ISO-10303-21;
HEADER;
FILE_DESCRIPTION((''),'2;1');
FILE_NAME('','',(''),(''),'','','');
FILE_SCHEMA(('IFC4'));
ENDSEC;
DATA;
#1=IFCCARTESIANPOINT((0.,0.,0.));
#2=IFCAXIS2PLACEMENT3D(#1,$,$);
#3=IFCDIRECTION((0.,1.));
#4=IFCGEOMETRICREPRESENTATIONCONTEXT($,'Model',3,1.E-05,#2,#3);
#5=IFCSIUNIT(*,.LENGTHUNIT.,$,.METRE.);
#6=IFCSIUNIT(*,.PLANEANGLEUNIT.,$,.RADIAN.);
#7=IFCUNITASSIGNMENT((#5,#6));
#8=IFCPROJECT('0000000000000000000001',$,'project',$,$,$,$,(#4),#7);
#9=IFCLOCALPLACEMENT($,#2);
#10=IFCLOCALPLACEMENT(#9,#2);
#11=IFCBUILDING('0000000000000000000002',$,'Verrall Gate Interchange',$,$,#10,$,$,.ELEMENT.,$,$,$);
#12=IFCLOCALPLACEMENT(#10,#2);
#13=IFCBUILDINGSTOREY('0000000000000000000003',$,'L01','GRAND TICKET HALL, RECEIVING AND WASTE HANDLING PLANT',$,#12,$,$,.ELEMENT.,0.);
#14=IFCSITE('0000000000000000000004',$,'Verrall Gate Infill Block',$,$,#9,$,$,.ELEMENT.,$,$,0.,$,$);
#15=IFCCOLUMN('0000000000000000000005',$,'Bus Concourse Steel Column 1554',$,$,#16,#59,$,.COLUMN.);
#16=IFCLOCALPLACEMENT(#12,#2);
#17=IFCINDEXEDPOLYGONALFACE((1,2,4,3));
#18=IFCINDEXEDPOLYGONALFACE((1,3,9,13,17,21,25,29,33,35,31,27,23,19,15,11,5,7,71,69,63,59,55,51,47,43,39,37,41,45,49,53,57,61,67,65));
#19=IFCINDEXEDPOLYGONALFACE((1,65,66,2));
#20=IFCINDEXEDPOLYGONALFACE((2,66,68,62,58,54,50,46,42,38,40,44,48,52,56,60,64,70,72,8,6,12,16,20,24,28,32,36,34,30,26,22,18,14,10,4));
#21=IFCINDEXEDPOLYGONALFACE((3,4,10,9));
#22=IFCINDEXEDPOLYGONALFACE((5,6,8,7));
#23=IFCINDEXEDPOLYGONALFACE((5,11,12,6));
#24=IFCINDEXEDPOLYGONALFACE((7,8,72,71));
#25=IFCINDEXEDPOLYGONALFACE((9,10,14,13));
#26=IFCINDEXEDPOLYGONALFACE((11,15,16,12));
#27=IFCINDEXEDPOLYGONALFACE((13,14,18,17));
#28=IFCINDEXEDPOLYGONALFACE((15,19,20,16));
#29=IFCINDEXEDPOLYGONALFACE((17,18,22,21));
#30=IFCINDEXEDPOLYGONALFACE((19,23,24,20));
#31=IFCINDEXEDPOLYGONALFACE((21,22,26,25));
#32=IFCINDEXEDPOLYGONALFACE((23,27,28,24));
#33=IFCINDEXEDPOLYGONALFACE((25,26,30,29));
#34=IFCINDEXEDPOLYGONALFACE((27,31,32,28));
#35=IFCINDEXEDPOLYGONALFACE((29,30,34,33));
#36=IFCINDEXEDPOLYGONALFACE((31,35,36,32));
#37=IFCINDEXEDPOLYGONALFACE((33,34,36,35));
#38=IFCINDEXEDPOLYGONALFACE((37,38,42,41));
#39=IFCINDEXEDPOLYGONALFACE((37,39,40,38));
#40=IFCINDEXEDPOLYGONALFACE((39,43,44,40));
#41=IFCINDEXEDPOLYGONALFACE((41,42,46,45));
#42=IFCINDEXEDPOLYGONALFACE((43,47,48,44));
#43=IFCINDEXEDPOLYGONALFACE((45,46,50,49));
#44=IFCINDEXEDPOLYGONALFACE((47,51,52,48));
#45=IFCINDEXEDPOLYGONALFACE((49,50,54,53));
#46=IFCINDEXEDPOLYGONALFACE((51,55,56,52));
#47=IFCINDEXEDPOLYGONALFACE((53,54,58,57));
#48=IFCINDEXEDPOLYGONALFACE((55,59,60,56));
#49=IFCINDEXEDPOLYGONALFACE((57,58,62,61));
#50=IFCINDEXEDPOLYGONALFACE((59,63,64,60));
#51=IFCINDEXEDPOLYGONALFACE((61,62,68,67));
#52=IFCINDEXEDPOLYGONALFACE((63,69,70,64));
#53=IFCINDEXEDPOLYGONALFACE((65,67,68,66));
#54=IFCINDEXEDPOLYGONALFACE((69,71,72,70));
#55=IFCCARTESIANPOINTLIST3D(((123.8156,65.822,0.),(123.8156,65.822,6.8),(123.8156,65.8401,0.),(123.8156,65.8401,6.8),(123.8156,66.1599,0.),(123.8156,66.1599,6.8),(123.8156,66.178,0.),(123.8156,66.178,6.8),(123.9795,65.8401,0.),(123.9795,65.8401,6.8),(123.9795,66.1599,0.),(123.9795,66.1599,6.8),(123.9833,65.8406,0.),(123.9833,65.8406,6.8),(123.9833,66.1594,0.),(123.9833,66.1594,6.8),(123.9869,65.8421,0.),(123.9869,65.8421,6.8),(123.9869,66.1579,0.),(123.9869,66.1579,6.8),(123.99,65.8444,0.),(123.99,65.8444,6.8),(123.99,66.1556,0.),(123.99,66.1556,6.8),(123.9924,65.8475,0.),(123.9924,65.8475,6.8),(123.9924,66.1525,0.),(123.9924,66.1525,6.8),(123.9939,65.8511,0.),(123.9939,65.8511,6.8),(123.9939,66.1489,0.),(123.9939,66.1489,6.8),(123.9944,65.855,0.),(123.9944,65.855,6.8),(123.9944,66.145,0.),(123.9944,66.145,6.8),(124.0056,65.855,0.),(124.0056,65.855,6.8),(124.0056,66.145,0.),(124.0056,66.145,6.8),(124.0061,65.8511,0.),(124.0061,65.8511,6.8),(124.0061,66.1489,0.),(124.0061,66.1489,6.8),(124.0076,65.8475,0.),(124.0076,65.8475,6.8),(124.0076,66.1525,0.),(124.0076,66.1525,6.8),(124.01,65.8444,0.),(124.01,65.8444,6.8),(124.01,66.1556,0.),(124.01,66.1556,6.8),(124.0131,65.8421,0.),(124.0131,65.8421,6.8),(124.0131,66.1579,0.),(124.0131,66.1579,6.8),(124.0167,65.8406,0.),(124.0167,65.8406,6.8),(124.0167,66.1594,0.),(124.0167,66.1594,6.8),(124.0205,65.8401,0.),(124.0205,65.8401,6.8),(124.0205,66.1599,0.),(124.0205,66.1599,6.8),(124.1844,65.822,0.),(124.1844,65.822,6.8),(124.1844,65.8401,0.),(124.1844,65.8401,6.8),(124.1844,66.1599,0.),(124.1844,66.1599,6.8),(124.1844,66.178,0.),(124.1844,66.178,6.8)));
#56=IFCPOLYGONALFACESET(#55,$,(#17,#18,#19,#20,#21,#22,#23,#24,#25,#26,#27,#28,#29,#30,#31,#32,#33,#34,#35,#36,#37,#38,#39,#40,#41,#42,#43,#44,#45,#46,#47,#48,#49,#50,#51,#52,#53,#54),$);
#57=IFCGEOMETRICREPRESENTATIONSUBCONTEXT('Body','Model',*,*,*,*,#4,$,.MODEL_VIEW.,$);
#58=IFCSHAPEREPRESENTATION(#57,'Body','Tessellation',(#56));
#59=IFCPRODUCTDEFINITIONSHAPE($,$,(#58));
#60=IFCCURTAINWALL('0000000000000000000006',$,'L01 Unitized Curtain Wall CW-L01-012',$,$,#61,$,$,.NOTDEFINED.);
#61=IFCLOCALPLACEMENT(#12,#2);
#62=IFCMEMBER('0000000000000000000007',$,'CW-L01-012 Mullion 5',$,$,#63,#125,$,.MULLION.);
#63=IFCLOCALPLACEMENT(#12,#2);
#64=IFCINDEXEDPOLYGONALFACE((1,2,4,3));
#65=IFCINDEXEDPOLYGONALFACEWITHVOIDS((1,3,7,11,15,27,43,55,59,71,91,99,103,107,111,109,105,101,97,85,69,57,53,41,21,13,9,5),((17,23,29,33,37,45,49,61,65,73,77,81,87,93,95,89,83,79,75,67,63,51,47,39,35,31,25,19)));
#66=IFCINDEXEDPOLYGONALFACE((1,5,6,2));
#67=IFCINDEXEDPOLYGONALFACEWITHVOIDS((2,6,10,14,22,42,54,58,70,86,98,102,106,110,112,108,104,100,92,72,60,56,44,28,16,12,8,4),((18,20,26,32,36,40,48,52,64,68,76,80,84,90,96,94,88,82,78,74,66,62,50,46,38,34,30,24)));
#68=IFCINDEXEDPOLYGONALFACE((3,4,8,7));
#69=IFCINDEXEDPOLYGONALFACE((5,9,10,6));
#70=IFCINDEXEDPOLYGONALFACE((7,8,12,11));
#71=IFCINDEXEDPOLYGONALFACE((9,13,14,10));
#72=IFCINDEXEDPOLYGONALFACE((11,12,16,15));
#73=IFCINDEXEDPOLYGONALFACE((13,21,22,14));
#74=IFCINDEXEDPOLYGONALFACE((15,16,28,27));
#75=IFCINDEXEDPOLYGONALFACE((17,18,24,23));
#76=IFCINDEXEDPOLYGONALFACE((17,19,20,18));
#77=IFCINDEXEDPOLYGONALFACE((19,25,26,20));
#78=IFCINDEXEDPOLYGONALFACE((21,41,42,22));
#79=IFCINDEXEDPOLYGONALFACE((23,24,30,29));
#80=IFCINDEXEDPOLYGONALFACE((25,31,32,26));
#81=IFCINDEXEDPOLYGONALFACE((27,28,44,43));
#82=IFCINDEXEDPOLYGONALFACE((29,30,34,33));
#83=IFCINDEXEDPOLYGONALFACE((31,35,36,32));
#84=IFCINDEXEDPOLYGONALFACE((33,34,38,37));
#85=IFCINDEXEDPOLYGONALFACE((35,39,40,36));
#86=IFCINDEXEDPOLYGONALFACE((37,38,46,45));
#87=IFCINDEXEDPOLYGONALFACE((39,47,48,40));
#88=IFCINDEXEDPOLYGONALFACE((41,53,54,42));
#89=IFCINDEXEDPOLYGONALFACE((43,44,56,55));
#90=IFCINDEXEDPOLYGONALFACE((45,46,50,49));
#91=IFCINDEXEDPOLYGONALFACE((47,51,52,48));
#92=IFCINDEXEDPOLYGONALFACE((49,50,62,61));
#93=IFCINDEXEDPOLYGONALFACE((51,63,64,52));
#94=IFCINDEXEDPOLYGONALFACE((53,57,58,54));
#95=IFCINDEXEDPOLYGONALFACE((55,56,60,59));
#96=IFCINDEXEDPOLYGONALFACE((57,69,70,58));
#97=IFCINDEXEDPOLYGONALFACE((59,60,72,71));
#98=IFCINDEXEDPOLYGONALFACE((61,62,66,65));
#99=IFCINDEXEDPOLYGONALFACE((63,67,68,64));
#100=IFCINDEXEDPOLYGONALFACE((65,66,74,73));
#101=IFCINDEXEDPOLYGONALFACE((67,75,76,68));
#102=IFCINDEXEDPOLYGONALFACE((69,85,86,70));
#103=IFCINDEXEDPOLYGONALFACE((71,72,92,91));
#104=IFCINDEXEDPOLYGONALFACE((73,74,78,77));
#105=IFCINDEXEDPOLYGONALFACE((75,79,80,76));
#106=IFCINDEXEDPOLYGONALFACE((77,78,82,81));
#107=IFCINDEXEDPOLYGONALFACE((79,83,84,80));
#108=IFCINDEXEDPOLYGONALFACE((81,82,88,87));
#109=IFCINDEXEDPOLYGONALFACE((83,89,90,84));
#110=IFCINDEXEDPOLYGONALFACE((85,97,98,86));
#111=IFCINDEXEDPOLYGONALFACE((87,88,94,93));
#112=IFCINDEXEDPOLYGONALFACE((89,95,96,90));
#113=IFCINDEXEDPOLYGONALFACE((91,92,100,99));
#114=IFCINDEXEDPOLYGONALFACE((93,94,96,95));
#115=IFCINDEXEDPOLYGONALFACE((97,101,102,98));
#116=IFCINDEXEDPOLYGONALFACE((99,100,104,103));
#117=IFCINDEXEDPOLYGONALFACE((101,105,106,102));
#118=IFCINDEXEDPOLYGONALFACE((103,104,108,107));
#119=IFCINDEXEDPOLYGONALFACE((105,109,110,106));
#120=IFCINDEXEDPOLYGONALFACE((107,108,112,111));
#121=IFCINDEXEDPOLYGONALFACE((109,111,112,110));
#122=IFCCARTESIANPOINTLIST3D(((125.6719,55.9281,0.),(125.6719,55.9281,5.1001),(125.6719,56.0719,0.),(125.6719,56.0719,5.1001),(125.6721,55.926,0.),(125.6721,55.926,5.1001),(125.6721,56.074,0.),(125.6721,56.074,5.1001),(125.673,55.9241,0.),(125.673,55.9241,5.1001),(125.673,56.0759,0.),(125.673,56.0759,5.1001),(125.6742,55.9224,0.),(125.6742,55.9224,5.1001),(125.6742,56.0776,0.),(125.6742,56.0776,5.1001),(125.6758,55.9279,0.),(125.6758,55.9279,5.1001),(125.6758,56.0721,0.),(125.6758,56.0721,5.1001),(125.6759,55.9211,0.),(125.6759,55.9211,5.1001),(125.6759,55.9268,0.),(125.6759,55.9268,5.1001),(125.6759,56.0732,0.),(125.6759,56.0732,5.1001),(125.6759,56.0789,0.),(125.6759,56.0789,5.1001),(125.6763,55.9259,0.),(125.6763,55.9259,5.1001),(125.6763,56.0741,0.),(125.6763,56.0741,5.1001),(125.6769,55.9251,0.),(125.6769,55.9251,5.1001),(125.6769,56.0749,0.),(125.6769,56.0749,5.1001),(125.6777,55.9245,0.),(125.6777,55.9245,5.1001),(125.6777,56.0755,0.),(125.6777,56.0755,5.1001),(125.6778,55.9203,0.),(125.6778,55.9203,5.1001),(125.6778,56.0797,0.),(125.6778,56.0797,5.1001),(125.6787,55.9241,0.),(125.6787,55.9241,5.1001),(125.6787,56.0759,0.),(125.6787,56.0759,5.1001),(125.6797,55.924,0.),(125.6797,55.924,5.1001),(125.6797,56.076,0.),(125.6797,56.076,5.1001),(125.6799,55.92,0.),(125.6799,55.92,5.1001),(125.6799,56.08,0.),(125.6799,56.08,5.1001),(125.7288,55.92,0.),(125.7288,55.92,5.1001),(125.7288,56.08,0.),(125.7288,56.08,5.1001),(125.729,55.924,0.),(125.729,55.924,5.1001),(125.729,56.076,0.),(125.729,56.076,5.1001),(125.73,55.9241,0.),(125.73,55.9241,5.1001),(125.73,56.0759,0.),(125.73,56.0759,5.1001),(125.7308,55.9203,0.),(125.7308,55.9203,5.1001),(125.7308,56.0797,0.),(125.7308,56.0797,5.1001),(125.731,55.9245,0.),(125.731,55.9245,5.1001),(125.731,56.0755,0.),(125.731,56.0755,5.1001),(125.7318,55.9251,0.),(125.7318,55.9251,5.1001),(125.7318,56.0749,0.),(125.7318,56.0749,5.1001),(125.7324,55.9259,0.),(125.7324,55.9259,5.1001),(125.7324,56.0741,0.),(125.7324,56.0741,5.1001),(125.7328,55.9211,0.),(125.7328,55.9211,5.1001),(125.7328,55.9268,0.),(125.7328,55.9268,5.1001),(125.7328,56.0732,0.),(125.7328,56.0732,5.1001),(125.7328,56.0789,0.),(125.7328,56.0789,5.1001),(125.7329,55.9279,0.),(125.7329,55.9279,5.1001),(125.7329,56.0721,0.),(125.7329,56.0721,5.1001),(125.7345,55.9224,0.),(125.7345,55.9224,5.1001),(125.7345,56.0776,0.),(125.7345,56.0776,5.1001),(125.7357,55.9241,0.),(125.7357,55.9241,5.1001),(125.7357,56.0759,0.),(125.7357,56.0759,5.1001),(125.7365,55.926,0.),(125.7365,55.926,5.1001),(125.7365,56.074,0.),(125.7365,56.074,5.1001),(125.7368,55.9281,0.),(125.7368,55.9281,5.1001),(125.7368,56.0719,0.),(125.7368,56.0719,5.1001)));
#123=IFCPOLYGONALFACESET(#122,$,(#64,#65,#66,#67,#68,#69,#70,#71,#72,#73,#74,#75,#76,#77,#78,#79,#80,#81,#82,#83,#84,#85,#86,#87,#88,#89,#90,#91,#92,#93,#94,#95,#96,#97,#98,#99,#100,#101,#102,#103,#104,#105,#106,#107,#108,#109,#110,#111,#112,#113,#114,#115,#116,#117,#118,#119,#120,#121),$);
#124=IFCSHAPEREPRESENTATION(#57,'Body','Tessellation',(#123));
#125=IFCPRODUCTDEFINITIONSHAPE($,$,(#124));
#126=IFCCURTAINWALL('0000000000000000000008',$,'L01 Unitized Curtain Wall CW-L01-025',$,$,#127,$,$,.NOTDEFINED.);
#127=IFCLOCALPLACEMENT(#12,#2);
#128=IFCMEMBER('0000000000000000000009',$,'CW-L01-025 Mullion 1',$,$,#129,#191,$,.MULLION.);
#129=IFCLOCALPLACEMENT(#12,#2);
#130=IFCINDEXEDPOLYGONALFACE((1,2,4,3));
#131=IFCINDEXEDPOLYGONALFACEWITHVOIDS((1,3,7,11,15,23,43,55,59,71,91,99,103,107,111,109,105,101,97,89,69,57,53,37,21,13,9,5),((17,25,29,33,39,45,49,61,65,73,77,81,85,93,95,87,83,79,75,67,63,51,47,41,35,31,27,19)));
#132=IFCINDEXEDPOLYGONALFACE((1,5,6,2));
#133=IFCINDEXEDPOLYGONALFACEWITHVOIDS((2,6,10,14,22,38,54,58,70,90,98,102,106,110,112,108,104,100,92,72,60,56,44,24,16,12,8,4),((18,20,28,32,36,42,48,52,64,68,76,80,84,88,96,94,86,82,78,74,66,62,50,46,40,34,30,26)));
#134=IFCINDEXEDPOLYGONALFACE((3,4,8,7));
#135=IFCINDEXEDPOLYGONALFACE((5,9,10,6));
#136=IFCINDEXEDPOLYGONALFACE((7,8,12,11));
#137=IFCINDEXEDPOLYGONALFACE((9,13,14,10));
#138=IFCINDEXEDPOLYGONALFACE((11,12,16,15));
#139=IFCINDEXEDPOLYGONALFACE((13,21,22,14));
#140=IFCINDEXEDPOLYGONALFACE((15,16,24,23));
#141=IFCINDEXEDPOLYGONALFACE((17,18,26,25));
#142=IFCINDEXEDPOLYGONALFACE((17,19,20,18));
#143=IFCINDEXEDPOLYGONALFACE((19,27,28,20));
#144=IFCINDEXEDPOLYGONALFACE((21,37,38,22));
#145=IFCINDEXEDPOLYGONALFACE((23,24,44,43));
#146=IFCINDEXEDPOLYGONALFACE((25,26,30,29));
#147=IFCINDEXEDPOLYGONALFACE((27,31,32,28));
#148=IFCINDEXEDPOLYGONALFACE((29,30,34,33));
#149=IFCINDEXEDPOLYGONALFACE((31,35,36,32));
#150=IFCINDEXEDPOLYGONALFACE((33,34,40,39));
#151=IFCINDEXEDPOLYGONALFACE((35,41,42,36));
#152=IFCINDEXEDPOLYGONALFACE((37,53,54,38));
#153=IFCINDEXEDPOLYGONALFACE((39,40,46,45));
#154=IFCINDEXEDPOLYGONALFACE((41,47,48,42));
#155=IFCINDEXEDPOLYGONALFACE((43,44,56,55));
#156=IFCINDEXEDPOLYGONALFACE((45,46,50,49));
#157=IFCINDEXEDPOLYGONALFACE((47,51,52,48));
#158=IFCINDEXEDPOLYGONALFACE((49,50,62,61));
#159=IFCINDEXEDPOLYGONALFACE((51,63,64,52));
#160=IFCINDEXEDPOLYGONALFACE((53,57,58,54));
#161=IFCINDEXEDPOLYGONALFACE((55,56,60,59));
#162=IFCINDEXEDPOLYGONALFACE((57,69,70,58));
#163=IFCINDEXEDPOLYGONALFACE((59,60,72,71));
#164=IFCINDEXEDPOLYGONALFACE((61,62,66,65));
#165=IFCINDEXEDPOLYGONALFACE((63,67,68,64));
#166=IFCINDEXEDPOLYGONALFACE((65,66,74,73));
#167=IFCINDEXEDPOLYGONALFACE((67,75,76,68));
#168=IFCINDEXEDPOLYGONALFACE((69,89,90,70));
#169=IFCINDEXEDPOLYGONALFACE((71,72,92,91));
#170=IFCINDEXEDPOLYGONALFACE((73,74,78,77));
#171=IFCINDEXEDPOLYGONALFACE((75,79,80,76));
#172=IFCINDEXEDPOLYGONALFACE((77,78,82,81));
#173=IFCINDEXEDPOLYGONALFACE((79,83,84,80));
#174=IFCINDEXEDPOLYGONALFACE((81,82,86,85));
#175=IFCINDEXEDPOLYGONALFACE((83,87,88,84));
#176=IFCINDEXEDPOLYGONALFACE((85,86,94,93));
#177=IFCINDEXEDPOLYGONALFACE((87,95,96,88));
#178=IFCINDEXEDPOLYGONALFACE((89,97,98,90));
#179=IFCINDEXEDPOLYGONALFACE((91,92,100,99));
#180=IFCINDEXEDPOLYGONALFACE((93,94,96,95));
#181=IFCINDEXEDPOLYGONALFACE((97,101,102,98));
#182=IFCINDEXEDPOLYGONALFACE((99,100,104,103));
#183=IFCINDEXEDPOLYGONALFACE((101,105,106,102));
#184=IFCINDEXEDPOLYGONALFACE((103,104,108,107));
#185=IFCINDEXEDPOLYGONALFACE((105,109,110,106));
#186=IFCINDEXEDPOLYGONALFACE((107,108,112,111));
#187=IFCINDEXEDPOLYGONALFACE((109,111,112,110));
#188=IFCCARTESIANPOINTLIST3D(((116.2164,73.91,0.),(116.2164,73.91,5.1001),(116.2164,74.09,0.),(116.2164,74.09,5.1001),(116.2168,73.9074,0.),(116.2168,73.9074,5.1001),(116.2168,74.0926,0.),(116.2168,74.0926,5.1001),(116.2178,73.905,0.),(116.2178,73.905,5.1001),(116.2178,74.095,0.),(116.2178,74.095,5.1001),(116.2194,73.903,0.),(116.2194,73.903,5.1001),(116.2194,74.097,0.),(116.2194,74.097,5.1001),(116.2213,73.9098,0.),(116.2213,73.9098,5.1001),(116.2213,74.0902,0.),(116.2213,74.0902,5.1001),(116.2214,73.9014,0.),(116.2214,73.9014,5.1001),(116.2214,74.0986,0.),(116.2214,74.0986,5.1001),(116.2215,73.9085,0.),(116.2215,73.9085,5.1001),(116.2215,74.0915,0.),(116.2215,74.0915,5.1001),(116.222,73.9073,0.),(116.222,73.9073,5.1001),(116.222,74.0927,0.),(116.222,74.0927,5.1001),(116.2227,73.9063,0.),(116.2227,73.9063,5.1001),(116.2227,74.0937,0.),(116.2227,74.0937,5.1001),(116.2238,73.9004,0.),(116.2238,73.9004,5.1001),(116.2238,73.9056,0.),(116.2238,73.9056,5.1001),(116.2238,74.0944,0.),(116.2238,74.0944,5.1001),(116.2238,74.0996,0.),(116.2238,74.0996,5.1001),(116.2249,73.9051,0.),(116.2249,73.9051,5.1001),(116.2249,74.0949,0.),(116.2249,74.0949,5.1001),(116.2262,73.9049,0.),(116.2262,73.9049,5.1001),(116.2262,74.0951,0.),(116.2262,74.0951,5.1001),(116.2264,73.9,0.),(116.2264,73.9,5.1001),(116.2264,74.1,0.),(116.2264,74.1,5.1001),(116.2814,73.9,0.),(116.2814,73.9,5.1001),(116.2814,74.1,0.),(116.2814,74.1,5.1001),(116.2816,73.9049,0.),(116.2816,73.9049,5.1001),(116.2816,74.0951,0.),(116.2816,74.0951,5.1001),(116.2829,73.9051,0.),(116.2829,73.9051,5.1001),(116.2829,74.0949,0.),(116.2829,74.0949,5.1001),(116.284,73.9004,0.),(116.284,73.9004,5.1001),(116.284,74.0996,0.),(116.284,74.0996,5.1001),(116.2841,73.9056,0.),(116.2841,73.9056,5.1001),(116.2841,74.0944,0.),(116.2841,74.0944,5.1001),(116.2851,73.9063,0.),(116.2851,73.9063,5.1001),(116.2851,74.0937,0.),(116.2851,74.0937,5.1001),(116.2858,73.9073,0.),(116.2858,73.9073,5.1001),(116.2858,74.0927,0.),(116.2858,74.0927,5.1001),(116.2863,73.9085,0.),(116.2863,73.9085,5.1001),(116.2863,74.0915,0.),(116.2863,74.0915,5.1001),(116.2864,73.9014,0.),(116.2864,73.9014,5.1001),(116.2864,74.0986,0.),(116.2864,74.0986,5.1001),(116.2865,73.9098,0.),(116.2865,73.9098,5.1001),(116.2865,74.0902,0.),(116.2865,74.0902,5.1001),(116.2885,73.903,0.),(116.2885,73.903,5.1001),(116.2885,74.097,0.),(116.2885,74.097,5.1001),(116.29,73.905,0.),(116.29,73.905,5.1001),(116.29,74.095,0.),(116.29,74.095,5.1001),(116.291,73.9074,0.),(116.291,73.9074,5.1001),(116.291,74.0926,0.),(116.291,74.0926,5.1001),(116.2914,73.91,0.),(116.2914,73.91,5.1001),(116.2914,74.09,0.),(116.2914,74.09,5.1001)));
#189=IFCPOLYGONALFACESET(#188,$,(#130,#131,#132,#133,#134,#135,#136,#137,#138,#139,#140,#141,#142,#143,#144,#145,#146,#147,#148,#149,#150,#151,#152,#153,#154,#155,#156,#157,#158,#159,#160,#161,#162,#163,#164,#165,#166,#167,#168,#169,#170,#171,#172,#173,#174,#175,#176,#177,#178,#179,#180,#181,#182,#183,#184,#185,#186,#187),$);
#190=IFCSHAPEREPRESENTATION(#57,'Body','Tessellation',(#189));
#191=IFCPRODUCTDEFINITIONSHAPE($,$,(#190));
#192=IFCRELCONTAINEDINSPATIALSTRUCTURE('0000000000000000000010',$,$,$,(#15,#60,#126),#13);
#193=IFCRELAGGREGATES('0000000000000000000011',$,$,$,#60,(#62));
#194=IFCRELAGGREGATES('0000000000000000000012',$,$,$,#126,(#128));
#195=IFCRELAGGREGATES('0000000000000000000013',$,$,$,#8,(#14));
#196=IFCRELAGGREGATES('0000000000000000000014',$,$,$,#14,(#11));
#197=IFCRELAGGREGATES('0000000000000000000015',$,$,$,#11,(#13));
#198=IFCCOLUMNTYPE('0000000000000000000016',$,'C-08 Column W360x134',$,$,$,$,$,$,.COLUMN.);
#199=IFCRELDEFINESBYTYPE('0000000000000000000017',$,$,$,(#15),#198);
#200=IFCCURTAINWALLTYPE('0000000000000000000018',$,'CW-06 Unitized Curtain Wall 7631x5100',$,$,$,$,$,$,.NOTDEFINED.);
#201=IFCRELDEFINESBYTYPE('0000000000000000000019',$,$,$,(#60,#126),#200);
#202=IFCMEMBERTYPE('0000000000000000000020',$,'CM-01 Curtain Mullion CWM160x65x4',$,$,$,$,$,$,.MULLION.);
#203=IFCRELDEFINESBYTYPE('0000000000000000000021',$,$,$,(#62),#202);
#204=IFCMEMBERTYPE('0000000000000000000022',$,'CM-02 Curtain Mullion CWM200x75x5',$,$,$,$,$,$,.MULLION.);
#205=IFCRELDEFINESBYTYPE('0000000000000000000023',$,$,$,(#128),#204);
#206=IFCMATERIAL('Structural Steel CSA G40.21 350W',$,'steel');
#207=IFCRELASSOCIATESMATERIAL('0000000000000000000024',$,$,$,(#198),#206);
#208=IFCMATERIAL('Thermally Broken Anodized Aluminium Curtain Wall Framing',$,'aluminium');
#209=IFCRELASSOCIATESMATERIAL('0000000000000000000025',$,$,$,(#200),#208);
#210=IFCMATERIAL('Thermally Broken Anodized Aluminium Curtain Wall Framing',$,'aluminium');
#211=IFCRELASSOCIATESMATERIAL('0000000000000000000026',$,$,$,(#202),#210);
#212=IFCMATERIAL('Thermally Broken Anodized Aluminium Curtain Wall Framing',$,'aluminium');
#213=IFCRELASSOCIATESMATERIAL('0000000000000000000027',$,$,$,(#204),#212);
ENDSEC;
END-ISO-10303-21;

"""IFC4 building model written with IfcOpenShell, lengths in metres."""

from ifc_helpers import new_model, si_unit, direction, frame, origin, origin_2d, place, context, subcontext, project, spatial, hollow_rectangle, i_section, extrude, material, material_profile, profile_set, type_object, element, aggregate, save


model = new_model("IFC4")

# Units and contexts
model_context = context("Model", 3, precision=1e-05, world=origin(), true_north=direction((0.0, 1.0)))
body_context = subcontext(model_context, "Body", "Model", "MODEL_VIEW")
ifc_project = project(units=[si_unit("LENGTHUNIT", "METRE"), si_unit("PLANEANGLEUNIT", "RADIAN")], contexts=[model_context])

# Site, building, storey
site_placement = place(None, origin())
site = spatial("IfcSite", under=ifc_project, at=site_placement, Name="Verrall Gate Infill Block", CompositionType="ELEMENT", RefElevation=0.0)
building_placement = place(site_placement, origin())
building = spatial("IfcBuilding", under=site, at=building_placement, Name="Verrall Gate Interchange", CompositionType="ELEMENT")
storey_placement = place(building_placement, origin())
storey = spatial("IfcBuildingStorey", under=building, at=storey_placement, Name="L01", Description="GRAND TICKET HALL, RECEIVING AND WASTE HANDLING PLANT", CompositionType="ELEMENT", Elevation=0.0)

# Column
ifc_material_1 = material(Name="Structural Steel CSA G40.21 350W", Category="steel")
ifc_material_profile_1 = material_profile(ifc_material_1, i_section(OverallWidth=0.3689, OverallDepth=0.356, WebThickness=0.0112, FlangeThickness=0.0181, FilletRadius=0.0149, at=origin_2d()), Name="W360x134")
ifc_profile_set_1 = profile_set([ifc_material_profile_1], Name="Structural Steel CSA G40.21 350W")
column_type = type_object("IfcColumnType", Name="C-08 Column W360x134", PredefinedType="COLUMN", material=ifc_profile_set_1)
column_placement = place(storey_placement, frame((124.0, 66.0, 0.0), z_axis=(0.0, 0.0, 1.0), x_axis=(1.0, 0.0, 0.0)))
element("IfcColumn", 1, at=column_placement, inside=storey, type_object=column_type, Name="Bus Concourse Steel Column 1554", PredefinedType="COLUMN", context=body_context, shape_type="SweptSolid", body=[
    extrude(i_section(OverallWidth=0.3689, OverallDepth=0.356, WebThickness=0.0112, FlangeThickness=0.0181, FilletRadius=0.0149, at=origin_2d()), origin(), (0.0, 0.0, 1.0), 6.8),
])

# Curtain wall, member
ifc_material_2 = material(Name="Thermally Broken Anodized Aluminium Curtain Wall Framing", Category="aluminium")
curtain_wall_type = type_object("IfcCurtainWallType", Name="CW-06 Unitized Curtain Wall 7631x5100", PredefinedType="NOTDEFINED", material=ifc_material_2)
curtain_wall_1_placement = place(storey_placement, origin())
curtain_wall_1 = element("IfcCurtainWall", 2, at=curtain_wall_1_placement, inside=storey, type_object=curtain_wall_type, Name="L01 Unitized Curtain Wall CW-L01-012", PredefinedType="NOTDEFINED")
ifc_material_3 = material(Name="Thermally Broken Anodized Aluminium Curtain Wall Framing", Category="aluminium")
ifc_material_profile_2 = material_profile(ifc_material_3, hollow_rectangle(XDim=0.0649, YDim=0.1599, WallThickness=0.0039, InnerFilletRadius=0.0039, OuterFilletRadius=0.0081, at=origin_2d()), Name="CWM160x65x4")
ifc_profile_set_2 = profile_set([ifc_material_profile_2], Name="Thermally Broken Anodized Aluminium Curtain Wall Framing")
member_type_1 = type_object("IfcMemberType", Name="CM-01 Curtain Mullion CWM160x65x4", PredefinedType="MULLION", material=ifc_profile_set_2)
member_1_placement = place(storey_placement, frame((125.7043, 56.0, 0.0), z_axis=(0.0, 0.0, 1.0), x_axis=(-1.0, 0.0, 0.0)))
member_1 = element("IfcMember", 3, at=member_1_placement, type_object=member_type_1, Name="CW-L01-012 Mullion 5", PredefinedType="MULLION", context=body_context, shape_type="SweptSolid", body=[
    extrude(hollow_rectangle(XDim=0.0649, YDim=0.1599, WallThickness=0.0039, InnerFilletRadius=0.0039, OuterFilletRadius=0.0081, at=origin_2d()), origin(), (0.0, 0.0, 1.0), 5.1001),
])

# Curtain wall, member
curtain_wall_2_placement = place(storey_placement, origin())
curtain_wall_2 = element("IfcCurtainWall", 4, at=curtain_wall_2_placement, inside=storey, type_object=curtain_wall_type, Name="L01 Unitized Curtain Wall CW-L01-025", PredefinedType="NOTDEFINED")
ifc_material_4 = material(Name="Thermally Broken Anodized Aluminium Curtain Wall Framing", Category="aluminium")
ifc_material_profile_3 = material_profile(ifc_material_4, hollow_rectangle(XDim=0.075, YDim=0.2, WallThickness=0.0049, InnerFilletRadius=0.0049, OuterFilletRadius=0.01, at=origin_2d()), Name="CWM200x75x5")
ifc_profile_set_3 = profile_set([ifc_material_profile_3], Name="Thermally Broken Anodized Aluminium Curtain Wall Framing")
member_type_2 = type_object("IfcMemberType", Name="CM-02 Curtain Mullion CWM200x75x5", PredefinedType="MULLION", material=ifc_profile_set_3)
member_2_placement = place(storey_placement, frame((116.2539, 74.0, 0.0), z_axis=(0.0, 0.0, 1.0), x_axis=(1.0, 0.0, 0.0)))
member_2 = element("IfcMember", 5, at=member_2_placement, type_object=member_type_2, Name="CW-L01-025 Mullion 1", PredefinedType="MULLION", context=body_context, shape_type="SweptSolid", body=[
    extrude(hollow_rectangle(XDim=0.075, YDim=0.2, WallThickness=0.0049, InnerFilletRadius=0.0049, OuterFilletRadius=0.01, at=origin_2d()), origin(), (0.0, 0.0, 1.0), 5.1001),
])

aggregate(curtain_wall_1, [member_1])
aggregate(curtain_wall_2, [member_2])

save(model, "model.ifc")
